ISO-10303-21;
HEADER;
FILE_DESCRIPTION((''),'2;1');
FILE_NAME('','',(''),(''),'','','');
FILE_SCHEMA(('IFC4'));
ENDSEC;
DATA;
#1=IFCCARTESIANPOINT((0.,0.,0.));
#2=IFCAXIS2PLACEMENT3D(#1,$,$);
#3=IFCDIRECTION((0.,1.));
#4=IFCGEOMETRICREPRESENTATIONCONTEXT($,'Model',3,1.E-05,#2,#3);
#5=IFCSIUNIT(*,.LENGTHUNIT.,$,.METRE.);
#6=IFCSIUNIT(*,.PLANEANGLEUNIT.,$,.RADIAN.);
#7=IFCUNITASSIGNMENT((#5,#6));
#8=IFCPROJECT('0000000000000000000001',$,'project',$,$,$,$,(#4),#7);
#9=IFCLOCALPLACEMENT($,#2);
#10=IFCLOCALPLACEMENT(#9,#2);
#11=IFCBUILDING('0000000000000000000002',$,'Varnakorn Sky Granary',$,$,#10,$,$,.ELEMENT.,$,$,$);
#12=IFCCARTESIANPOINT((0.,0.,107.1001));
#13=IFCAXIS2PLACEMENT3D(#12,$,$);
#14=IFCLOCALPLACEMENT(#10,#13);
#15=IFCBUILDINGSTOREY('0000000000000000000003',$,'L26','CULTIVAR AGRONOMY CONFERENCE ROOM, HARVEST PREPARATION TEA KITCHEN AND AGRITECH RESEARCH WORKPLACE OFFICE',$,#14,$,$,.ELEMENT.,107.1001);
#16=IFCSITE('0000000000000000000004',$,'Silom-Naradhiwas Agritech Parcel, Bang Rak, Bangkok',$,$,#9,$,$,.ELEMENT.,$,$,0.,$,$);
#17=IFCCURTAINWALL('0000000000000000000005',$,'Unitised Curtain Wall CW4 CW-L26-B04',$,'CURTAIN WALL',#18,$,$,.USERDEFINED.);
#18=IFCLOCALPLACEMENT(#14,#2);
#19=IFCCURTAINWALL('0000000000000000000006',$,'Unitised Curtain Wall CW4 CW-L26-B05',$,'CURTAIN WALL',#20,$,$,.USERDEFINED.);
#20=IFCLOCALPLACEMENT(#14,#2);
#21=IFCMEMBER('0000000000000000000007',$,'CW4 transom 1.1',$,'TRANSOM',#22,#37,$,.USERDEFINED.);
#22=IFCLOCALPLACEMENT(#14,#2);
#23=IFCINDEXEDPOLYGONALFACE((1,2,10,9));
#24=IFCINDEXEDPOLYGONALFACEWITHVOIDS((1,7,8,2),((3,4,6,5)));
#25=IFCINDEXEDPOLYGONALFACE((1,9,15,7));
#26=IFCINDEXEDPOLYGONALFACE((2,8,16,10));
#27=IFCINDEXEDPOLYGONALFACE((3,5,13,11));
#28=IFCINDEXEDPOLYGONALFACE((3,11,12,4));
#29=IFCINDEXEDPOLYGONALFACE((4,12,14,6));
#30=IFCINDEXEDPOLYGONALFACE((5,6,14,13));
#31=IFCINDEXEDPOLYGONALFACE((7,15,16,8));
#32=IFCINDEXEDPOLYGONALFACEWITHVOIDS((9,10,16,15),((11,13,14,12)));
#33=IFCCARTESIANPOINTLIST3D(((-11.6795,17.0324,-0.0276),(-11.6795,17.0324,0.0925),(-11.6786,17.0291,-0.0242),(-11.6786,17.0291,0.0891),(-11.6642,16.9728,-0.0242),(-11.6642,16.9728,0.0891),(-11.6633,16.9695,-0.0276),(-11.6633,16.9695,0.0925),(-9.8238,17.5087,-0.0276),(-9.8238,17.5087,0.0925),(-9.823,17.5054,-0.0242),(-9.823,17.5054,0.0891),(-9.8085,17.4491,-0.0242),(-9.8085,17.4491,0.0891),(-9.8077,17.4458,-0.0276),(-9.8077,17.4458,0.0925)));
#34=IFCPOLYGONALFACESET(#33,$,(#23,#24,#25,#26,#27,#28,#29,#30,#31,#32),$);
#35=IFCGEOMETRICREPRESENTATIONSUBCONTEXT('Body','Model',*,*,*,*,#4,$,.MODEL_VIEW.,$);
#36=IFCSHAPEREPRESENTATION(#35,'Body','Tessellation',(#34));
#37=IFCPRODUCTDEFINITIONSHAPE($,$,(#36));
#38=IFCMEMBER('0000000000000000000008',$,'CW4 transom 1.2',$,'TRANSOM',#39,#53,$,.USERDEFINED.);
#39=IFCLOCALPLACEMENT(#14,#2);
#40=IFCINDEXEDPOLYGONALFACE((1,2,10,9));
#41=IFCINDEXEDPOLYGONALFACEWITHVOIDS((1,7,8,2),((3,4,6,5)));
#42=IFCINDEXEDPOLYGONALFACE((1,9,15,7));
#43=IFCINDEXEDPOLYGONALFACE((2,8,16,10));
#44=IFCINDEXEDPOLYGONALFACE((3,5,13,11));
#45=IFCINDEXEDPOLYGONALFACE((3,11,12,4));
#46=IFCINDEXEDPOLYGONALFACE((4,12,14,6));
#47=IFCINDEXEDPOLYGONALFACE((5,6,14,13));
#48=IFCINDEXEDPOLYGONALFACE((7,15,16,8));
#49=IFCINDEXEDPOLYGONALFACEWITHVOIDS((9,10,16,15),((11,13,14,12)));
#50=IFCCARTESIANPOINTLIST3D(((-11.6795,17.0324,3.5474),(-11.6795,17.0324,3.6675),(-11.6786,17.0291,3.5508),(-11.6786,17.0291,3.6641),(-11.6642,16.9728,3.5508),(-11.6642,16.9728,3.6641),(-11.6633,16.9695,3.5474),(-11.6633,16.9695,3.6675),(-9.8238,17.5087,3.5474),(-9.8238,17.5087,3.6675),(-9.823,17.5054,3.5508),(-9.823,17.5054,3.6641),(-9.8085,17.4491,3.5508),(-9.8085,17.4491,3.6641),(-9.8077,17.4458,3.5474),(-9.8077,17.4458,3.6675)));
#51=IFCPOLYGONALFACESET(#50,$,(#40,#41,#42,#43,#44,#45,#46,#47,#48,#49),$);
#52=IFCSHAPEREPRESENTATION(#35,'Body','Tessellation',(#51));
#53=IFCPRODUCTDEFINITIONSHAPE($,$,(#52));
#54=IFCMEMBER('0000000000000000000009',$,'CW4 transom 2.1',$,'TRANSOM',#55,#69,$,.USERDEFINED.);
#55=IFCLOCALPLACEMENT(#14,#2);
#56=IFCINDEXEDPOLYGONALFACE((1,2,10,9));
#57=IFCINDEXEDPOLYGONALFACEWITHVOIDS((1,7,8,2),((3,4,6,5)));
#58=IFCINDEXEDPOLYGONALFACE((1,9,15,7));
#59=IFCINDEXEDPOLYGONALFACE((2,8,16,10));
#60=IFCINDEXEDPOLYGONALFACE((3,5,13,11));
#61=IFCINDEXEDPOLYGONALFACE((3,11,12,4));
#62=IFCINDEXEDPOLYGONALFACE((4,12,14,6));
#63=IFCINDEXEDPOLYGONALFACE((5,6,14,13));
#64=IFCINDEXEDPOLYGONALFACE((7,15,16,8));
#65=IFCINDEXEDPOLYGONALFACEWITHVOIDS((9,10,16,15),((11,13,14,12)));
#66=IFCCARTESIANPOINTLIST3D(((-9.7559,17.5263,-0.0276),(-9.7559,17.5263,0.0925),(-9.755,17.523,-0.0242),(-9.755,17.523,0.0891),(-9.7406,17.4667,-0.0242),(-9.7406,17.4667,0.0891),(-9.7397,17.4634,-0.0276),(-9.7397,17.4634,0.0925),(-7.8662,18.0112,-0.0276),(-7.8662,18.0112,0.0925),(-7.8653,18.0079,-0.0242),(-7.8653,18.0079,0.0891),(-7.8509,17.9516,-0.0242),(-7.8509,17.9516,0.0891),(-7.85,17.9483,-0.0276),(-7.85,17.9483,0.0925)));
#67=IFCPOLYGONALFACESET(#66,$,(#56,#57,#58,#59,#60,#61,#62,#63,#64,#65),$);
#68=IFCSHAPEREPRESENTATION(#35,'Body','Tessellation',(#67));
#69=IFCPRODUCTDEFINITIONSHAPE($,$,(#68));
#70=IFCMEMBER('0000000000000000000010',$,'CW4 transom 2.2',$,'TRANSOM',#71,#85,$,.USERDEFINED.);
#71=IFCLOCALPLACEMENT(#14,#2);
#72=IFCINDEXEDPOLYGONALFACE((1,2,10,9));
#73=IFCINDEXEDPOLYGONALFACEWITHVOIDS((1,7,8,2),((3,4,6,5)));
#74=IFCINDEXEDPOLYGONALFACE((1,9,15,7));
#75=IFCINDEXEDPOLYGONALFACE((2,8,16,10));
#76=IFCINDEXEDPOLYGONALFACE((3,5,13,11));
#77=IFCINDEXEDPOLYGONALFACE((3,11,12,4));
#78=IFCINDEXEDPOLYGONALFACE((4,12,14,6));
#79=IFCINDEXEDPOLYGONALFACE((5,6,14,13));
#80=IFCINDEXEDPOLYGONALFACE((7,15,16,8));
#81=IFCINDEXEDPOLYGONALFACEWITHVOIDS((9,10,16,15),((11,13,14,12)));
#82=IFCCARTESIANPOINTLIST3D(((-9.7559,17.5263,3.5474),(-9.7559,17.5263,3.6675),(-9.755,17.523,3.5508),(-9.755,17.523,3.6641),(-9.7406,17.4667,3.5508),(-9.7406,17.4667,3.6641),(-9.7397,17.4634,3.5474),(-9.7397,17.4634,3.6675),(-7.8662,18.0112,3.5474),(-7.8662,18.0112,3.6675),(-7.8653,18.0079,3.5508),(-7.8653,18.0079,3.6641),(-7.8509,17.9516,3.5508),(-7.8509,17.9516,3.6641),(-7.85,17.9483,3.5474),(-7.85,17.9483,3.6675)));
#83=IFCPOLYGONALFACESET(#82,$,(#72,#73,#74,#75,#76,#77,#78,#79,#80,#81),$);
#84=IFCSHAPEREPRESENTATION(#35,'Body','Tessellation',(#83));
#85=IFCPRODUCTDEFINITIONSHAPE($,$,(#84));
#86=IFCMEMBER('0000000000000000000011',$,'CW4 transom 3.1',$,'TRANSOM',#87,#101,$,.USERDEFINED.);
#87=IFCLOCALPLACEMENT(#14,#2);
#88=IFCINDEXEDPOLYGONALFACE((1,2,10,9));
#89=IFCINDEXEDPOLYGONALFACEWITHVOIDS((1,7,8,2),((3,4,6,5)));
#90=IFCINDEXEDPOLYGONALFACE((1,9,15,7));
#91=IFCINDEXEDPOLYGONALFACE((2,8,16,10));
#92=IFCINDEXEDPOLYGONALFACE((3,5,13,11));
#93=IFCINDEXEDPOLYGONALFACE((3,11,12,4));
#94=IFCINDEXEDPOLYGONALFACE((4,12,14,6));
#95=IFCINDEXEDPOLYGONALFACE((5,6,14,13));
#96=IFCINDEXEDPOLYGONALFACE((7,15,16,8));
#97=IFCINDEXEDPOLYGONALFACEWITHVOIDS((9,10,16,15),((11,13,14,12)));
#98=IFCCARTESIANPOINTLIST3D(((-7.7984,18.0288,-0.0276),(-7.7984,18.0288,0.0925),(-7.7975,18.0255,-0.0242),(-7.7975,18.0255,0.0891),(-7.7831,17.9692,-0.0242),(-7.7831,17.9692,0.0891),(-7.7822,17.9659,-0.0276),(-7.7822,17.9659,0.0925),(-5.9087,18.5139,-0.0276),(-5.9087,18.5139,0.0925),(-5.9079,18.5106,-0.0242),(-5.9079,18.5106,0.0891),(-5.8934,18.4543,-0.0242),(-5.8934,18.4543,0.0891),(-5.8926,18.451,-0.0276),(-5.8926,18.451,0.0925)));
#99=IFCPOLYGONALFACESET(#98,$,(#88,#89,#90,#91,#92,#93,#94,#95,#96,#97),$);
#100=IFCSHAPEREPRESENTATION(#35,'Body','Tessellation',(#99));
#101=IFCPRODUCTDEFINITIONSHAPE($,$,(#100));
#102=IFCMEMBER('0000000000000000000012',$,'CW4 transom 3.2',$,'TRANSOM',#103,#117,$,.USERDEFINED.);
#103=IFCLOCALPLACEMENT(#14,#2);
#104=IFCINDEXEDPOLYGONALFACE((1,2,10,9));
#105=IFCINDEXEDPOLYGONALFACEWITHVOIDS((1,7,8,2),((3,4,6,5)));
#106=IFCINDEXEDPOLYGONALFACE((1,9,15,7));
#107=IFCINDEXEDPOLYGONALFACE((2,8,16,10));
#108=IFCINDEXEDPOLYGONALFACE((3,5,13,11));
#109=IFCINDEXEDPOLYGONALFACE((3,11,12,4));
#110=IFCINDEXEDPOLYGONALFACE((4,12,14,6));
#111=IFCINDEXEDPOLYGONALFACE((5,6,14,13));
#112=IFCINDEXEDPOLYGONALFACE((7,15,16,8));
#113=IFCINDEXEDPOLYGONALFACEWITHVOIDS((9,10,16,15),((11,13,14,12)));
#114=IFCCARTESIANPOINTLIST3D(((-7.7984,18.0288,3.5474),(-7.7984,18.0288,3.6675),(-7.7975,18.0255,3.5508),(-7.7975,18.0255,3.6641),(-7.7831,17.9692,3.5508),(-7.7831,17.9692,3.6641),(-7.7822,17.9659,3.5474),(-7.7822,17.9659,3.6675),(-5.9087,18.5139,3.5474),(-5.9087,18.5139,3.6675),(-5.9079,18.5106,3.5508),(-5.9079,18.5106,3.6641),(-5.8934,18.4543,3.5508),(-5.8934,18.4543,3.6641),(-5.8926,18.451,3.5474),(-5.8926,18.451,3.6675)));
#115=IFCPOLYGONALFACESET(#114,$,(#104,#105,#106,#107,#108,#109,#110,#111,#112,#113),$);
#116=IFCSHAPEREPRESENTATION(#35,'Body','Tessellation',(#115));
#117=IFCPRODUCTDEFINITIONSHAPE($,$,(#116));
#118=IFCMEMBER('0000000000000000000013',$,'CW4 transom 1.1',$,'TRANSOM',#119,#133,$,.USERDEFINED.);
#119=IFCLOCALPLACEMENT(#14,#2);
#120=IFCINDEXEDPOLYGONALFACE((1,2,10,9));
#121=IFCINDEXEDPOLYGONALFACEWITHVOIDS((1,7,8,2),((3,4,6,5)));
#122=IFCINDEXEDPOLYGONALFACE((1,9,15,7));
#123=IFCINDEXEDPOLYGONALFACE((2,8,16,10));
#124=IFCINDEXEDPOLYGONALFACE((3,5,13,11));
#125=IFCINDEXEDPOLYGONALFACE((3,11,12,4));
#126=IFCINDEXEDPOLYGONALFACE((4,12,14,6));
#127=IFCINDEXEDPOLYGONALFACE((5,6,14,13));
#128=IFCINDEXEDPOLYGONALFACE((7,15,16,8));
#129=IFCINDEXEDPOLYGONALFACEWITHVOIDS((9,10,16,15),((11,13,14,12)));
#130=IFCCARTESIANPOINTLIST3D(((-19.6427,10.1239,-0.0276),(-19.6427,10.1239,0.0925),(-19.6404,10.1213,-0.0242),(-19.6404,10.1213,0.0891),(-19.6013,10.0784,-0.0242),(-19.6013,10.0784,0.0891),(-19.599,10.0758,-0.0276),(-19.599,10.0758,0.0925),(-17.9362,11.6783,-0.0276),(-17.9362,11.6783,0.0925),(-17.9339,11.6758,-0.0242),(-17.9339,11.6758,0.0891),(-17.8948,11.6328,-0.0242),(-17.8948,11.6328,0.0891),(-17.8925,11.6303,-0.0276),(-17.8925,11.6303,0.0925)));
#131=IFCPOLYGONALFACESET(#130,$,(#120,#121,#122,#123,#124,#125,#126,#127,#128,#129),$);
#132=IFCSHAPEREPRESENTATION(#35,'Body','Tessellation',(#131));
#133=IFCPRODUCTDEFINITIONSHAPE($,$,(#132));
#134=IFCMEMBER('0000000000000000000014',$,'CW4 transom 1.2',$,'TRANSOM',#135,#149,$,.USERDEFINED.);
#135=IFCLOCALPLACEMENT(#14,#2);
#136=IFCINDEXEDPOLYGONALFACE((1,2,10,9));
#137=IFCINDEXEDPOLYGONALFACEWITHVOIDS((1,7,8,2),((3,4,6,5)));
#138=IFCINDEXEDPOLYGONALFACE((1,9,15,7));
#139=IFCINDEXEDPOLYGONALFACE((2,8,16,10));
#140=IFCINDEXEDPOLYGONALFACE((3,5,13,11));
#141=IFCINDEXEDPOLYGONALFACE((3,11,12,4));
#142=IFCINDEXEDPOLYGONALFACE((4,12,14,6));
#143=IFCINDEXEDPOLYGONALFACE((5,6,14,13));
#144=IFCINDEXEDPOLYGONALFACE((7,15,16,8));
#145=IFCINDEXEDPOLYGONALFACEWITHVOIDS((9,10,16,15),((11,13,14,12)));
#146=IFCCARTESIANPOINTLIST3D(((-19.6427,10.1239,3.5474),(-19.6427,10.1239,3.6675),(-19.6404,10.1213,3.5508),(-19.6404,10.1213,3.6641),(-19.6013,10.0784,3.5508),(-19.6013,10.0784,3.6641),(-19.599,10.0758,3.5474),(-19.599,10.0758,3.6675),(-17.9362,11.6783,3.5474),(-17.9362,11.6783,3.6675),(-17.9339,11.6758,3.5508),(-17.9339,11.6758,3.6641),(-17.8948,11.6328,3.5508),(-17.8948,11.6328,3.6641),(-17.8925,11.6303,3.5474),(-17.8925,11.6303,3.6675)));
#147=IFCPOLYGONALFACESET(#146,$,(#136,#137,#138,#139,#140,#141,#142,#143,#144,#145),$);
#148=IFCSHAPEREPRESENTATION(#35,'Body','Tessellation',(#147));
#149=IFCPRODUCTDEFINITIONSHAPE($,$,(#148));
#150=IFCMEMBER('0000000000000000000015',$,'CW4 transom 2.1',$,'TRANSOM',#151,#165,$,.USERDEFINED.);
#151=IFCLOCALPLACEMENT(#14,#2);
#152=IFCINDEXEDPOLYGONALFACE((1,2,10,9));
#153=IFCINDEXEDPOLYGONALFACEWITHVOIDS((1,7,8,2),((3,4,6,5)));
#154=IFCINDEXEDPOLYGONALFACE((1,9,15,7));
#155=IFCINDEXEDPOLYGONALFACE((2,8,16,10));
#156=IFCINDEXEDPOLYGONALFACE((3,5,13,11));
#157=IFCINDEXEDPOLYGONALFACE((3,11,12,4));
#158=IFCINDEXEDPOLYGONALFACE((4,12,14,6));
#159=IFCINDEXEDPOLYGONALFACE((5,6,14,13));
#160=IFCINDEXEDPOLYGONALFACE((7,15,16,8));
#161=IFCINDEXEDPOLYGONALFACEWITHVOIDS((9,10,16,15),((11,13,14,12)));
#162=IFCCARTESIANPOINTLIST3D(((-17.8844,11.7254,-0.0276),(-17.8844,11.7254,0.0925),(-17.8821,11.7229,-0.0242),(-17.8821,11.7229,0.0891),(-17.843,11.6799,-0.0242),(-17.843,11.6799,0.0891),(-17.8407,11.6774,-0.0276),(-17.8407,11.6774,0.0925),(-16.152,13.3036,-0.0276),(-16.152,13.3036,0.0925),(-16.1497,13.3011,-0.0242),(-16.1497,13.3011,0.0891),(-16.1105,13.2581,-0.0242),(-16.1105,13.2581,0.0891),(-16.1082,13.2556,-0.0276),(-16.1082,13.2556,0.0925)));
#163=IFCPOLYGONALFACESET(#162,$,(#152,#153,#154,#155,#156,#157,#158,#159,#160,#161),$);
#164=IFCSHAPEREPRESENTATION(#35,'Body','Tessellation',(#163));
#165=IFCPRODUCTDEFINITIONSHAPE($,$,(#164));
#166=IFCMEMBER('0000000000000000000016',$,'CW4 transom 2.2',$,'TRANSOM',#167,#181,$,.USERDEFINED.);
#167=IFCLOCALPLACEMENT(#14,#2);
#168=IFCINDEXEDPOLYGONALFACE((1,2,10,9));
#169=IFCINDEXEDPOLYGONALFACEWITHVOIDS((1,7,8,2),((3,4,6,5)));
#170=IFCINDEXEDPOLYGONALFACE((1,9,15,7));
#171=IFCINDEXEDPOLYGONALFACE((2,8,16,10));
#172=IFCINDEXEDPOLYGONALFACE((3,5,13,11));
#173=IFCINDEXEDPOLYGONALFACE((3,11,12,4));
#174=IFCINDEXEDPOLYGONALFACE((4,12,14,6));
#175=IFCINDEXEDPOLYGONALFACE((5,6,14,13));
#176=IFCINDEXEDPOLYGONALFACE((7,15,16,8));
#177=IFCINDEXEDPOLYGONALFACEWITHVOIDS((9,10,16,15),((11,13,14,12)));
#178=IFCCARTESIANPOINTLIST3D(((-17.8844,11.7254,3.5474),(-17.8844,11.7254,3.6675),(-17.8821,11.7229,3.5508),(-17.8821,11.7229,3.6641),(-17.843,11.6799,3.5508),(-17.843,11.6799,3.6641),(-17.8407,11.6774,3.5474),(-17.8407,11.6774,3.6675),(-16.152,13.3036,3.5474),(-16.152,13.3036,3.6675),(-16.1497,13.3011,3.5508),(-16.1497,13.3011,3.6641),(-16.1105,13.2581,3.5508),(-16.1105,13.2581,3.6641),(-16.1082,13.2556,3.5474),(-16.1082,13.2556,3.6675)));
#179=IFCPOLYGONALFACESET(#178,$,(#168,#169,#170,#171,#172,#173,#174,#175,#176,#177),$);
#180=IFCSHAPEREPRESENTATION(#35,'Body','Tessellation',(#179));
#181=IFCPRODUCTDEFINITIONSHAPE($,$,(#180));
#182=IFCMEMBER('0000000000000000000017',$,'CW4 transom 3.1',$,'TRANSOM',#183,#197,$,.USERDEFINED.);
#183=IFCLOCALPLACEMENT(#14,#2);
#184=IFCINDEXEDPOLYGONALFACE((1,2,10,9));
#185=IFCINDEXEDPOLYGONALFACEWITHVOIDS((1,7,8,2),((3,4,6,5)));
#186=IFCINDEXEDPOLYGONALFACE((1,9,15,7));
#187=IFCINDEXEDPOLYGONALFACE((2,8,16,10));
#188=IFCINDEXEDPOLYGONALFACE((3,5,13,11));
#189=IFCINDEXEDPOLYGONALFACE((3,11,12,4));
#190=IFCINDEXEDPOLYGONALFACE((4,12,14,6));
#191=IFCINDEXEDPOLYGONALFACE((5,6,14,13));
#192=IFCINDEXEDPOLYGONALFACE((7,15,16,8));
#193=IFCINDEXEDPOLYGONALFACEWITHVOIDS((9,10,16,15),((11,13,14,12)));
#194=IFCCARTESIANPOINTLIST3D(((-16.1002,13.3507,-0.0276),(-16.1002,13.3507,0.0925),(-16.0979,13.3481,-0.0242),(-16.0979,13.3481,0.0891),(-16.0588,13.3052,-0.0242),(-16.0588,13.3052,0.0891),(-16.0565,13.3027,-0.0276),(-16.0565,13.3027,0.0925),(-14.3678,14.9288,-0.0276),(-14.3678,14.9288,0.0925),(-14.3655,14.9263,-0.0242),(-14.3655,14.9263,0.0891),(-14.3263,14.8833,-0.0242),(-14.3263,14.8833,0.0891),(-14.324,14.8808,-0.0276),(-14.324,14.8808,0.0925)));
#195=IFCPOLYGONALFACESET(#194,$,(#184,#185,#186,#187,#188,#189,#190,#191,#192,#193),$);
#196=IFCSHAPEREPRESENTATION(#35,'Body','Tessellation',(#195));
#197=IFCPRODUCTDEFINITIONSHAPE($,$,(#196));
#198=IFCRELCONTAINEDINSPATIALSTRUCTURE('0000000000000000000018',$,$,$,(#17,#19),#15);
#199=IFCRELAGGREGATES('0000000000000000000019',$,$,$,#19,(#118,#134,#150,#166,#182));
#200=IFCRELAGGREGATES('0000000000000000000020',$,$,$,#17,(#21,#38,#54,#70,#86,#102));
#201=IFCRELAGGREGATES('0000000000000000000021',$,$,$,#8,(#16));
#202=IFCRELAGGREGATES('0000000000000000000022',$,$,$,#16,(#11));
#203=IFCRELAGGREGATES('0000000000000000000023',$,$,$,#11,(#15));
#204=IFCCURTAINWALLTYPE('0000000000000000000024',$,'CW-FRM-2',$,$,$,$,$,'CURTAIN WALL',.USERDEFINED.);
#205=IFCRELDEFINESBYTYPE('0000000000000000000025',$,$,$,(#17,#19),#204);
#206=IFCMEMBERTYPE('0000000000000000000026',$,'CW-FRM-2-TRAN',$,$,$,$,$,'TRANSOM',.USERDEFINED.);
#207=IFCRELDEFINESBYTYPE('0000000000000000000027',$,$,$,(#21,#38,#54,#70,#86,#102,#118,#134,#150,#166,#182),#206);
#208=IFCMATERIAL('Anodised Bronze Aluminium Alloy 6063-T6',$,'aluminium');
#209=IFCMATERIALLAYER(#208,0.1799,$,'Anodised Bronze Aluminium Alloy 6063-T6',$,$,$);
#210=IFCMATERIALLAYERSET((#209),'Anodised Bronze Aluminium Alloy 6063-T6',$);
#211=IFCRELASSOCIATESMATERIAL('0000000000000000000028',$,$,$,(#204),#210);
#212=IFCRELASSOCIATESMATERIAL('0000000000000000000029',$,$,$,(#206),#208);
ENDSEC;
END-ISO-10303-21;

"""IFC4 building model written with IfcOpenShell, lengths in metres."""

from ifc_helpers import new_model, si_unit, direction, frame, origin, origin_2d, place, context, subcontext, project, spatial, hollow_rectangle, extrude, material, layer, layer_set, material_profile, profile_set, type_object, element, aggregate, save


model = new_model("IFC4")

# Units and contexts
model_context = context("Model", 3, precision=1e-05, world=origin(), true_north=direction((0.0, 1.0)))
body_context = subcontext(model_context, "Body", "Model", "MODEL_VIEW")
ifc_project = project(units=[si_unit("LENGTHUNIT", "METRE"), si_unit("PLANEANGLEUNIT", "RADIAN")], contexts=[model_context])

# Site, building, storey
site_placement = place(None, origin())
site = spatial("IfcSite", under=ifc_project, at=site_placement, Name="Silom-Naradhiwas Agritech Parcel, Bang Rak, Bangkok", CompositionType="ELEMENT", RefElevation=0.0)
building_placement = place(site_placement, origin())
building = spatial("IfcBuilding", under=site, at=building_placement, Name="Varnakorn Sky Granary", CompositionType="ELEMENT")
storey_placement = place(building_placement, frame((0.0, 0.0, 107.1001)))
storey = spatial("IfcBuildingStorey", under=building, at=storey_placement, Name="L26", Description="CULTIVAR AGRONOMY CONFERENCE ROOM, HARVEST PREPARATION TEA KITCHEN AND AGRITECH RESEARCH WORKPLACE OFFICE", CompositionType="ELEMENT", Elevation=107.1001)

# Curtain walls
ifc_material_1 = material(Name="Anodised Bronze Aluminium Alloy 6063-T6", Category="aluminium")
ifc_layer_1 = layer(ifc_material_1, 0.1799, Name="Anodised Bronze Aluminium Alloy 6063-T6")
ifc_layer_set_1 = layer_set([ifc_layer_1], Name="Anodised Bronze Aluminium Alloy 6063-T6")
curtain_wall_type = type_object("IfcCurtainWallType", Name="CW-FRM-2", ElementType="CURTAIN WALL", PredefinedType="USERDEFINED", material=ifc_layer_set_1)
curtain_wall_1_placement = place(storey_placement, origin())
curtain_wall_1 = element("IfcCurtainWall", 1, at=curtain_wall_1_placement, inside=storey, type_object=curtain_wall_type, Name="Unitised Curtain Wall CW4 CW-L26-B04", ObjectType="CURTAIN WALL", PredefinedType="USERDEFINED")
curtain_wall_2_placement = place(storey_placement, origin())
curtain_wall_2 = element("IfcCurtainWall", 2, at=curtain_wall_2_placement, inside=storey, type_object=curtain_wall_type, Name="Unitised Curtain Wall CW4 CW-L26-B05", ObjectType="CURTAIN WALL", PredefinedType="USERDEFINED")

# Members
ifc_material_profile_1 = material_profile(ifc_material_1, hollow_rectangle(XDim=0.0649, YDim=0.1201, WallThickness=0.0034, at=origin_2d()), Name="ALU TRAN 65x120")
ifc_profile_set_1 = profile_set([ifc_material_profile_1], Name="Anodised Bronze Aluminium Alloy 6063-T6")
member_type_1 = type_object("IfcMemberType", Name="CW-FRM-2-TRAN", ElementType="TRANSOM", PredefinedType="USERDEFINED", material=ifc_profile_set_1)
member_1_placement = place(storey_placement, frame((-11.6714, 17.001, 0.0325), z_axis=(0.968602, 0.248618, 0.0), x_axis=(-0.248618, 0.968602, 0.0)))
member_1 = element("IfcMember", 3, at=member_1_placement, type_object=member_type_1, Name="CW4 transom 1.1", ObjectType="TRANSOM", PredefinedType="USERDEFINED", context=body_context, shape_type="SweptSolid", body=[
    extrude(hollow_rectangle(XDim=0.0649, YDim=0.1201, WallThickness=0.0034, at=origin_2d()), origin(), (0.0, 0.0, 1.0), 1.9158),
])
member_2_placement = place(storey_placement, frame((-11.6714, 17.001, 3.6074), z_axis=(0.968602, 0.248618, 0.0), x_axis=(-0.248618, 0.968602, 0.0)))
member_2 = element("IfcMember", 4, at=member_2_placement, type_object=member_type_1, Name="CW4 transom 1.2", ObjectType="TRANSOM", PredefinedType="USERDEFINED", context=body_context, shape_type="SweptSolid", body=[
    extrude(hollow_rectangle(XDim=0.0649, YDim=0.1201, WallThickness=0.0034, at=origin_2d()), origin(), (0.0, 0.0, 1.0), 1.9158),
])
member_3_placement = place(storey_placement, frame((-9.7478, 17.4949, 0.0325), z_axis=(0.968622, 0.248538, 0.0), x_axis=(-0.248538, 0.968622, 0.0)))
member_3 = element("IfcMember", 5, at=member_3_placement, type_object=member_type_1, Name="CW4 transom 2.1", ObjectType="TRANSOM", PredefinedType="USERDEFINED", context=body_context, shape_type="SweptSolid", body=[
    extrude(hollow_rectangle(XDim=0.0649, YDim=0.1201, WallThickness=0.0034, at=origin_2d()), origin(), (0.0, 0.0, 1.0), 1.9509),
])
member_4_placement = place(storey_placement, frame((-9.7478, 17.4949, 3.6074), z_axis=(0.968622, 0.248538, 0.0), x_axis=(-0.248538, 0.968622, 0.0)))
member_4 = element("IfcMember", 6, at=member_4_placement, type_object=member_type_1, Name="CW4 transom 2.2", ObjectType="TRANSOM", PredefinedType="USERDEFINED", context=body_context, shape_type="SweptSolid", body=[
    extrude(hollow_rectangle(XDim=0.0649, YDim=0.1201, WallThickness=0.0034, at=origin_2d()), origin(), (0.0, 0.0, 1.0), 1.9509),
])
member_5_placement = place(storey_placement, frame((-7.7903, 17.9973, 0.0325), z_axis=(0.968592, 0.248655, 0.0), x_axis=(-0.248655, 0.968592, 0.0)))
member_5 = element("IfcMember", 7, at=member_5_placement, type_object=member_type_1, Name="CW4 transom 3.1", ObjectType="TRANSOM", PredefinedType="USERDEFINED", context=body_context, shape_type="SweptSolid", body=[
    extrude(hollow_rectangle(XDim=0.0649, YDim=0.1201, WallThickness=0.0034, at=origin_2d()), origin(), (0.0, 0.0, 1.0), 1.9509),
])
member_6_placement = place(storey_placement, frame((-7.7903, 17.9973, 3.6074), z_axis=(0.968592, 0.248655, 0.0), x_axis=(-0.248655, 0.968592, 0.0)))
member_6 = element("IfcMember", 8, at=member_6_placement, type_object=member_type_1, Name="CW4 transom 3.2", ObjectType="TRANSOM", PredefinedType="USERDEFINED", context=body_context, shape_type="SweptSolid", body=[
    extrude(hollow_rectangle(XDim=0.0649, YDim=0.1201, WallThickness=0.0034, at=origin_2d()), origin(), (0.0, 0.0, 1.0), 1.9509),
])
member_7_placement = place(storey_placement, frame((-19.6208, 10.0999, 0.0325), z_axis=(0.739284, 0.673394, 0.0), x_axis=(-0.673394, 0.739284, 0.0)))
member_7 = element("IfcMember", 9, at=member_7_placement, type_object=member_type_1, Name="CW4 transom 1.1", ObjectType="TRANSOM", PredefinedType="USERDEFINED", context=body_context, shape_type="SweptSolid", body=[
    extrude(hollow_rectangle(XDim=0.0649, YDim=0.1201, WallThickness=0.0034, at=origin_2d()), origin(), (0.0, 0.0, 1.0), 2.3083),
])
member_8_placement = place(storey_placement, frame((-19.6208, 10.0999, 3.6074), z_axis=(0.739284, 0.673394, 0.0), x_axis=(-0.673394, 0.739284, 0.0)))
member_8 = element("IfcMember", 10, at=member_8_placement, type_object=member_type_1, Name="CW4 transom 1.2", ObjectType="TRANSOM", PredefinedType="USERDEFINED", context=body_context, shape_type="SweptSolid", body=[
    extrude(hollow_rectangle(XDim=0.0649, YDim=0.1201, WallThickness=0.0034, at=origin_2d()), origin(), (0.0, 0.0, 1.0), 2.3083),
])
member_9_placement = place(storey_placement, frame((-17.8625, 11.7014, 0.0325), z_axis=(0.739261, 0.673419, 0.0), x_axis=(-0.673419, 0.739261, 0.0)))
member_9 = element("IfcMember", 11, at=member_9_placement, type_object=member_type_1, Name="CW4 transom 2.1", ObjectType="TRANSOM", PredefinedType="USERDEFINED", context=body_context, shape_type="SweptSolid", body=[
    extrude(hollow_rectangle(XDim=0.0649, YDim=0.1201, WallThickness=0.0034, at=origin_2d()), origin(), (0.0, 0.0, 1.0), 2.3435),
])
member_10_placement = place(storey_placement, frame((-17.8625, 11.7014, 3.6074), z_axis=(0.739261, 0.673419, 0.0), x_axis=(-0.673419, 0.739261, 0.0)))
member_10 = element("IfcMember", 12, at=member_10_placement, type_object=member_type_1, Name="CW4 transom 2.2", ObjectType="TRANSOM", PredefinedType="USERDEFINED", context=body_context, shape_type="SweptSolid", body=[
    extrude(hollow_rectangle(XDim=0.0649, YDim=0.1201, WallThickness=0.0034, at=origin_2d()), origin(), (0.0, 0.0, 1.0), 2.3435),
])
member_11_placement = place(storey_placement, frame((-16.0784, 13.3267, 0.0325), z_axis=(0.739261, 0.673419, 0.0), x_axis=(-0.673419, 0.739261, 0.0)))
member_11 = element("IfcMember", 13, at=member_11_placement, type_object=member_type_1, Name="CW4 transom 3.1", ObjectType="TRANSOM", PredefinedType="USERDEFINED", context=body_context, shape_type="SweptSolid", body=[
    extrude(hollow_rectangle(XDim=0.0649, YDim=0.1201, WallThickness=0.0034, at=origin_2d()), origin(), (0.0, 0.0, 1.0), 2.3435),
])

aggregate(curtain_wall_2, [member_7, member_8, member_9, member_10, member_11])
aggregate(curtain_wall_1, [member_1, member_2, member_3, member_4, member_5, member_6])

save(model, "model.ifc")
